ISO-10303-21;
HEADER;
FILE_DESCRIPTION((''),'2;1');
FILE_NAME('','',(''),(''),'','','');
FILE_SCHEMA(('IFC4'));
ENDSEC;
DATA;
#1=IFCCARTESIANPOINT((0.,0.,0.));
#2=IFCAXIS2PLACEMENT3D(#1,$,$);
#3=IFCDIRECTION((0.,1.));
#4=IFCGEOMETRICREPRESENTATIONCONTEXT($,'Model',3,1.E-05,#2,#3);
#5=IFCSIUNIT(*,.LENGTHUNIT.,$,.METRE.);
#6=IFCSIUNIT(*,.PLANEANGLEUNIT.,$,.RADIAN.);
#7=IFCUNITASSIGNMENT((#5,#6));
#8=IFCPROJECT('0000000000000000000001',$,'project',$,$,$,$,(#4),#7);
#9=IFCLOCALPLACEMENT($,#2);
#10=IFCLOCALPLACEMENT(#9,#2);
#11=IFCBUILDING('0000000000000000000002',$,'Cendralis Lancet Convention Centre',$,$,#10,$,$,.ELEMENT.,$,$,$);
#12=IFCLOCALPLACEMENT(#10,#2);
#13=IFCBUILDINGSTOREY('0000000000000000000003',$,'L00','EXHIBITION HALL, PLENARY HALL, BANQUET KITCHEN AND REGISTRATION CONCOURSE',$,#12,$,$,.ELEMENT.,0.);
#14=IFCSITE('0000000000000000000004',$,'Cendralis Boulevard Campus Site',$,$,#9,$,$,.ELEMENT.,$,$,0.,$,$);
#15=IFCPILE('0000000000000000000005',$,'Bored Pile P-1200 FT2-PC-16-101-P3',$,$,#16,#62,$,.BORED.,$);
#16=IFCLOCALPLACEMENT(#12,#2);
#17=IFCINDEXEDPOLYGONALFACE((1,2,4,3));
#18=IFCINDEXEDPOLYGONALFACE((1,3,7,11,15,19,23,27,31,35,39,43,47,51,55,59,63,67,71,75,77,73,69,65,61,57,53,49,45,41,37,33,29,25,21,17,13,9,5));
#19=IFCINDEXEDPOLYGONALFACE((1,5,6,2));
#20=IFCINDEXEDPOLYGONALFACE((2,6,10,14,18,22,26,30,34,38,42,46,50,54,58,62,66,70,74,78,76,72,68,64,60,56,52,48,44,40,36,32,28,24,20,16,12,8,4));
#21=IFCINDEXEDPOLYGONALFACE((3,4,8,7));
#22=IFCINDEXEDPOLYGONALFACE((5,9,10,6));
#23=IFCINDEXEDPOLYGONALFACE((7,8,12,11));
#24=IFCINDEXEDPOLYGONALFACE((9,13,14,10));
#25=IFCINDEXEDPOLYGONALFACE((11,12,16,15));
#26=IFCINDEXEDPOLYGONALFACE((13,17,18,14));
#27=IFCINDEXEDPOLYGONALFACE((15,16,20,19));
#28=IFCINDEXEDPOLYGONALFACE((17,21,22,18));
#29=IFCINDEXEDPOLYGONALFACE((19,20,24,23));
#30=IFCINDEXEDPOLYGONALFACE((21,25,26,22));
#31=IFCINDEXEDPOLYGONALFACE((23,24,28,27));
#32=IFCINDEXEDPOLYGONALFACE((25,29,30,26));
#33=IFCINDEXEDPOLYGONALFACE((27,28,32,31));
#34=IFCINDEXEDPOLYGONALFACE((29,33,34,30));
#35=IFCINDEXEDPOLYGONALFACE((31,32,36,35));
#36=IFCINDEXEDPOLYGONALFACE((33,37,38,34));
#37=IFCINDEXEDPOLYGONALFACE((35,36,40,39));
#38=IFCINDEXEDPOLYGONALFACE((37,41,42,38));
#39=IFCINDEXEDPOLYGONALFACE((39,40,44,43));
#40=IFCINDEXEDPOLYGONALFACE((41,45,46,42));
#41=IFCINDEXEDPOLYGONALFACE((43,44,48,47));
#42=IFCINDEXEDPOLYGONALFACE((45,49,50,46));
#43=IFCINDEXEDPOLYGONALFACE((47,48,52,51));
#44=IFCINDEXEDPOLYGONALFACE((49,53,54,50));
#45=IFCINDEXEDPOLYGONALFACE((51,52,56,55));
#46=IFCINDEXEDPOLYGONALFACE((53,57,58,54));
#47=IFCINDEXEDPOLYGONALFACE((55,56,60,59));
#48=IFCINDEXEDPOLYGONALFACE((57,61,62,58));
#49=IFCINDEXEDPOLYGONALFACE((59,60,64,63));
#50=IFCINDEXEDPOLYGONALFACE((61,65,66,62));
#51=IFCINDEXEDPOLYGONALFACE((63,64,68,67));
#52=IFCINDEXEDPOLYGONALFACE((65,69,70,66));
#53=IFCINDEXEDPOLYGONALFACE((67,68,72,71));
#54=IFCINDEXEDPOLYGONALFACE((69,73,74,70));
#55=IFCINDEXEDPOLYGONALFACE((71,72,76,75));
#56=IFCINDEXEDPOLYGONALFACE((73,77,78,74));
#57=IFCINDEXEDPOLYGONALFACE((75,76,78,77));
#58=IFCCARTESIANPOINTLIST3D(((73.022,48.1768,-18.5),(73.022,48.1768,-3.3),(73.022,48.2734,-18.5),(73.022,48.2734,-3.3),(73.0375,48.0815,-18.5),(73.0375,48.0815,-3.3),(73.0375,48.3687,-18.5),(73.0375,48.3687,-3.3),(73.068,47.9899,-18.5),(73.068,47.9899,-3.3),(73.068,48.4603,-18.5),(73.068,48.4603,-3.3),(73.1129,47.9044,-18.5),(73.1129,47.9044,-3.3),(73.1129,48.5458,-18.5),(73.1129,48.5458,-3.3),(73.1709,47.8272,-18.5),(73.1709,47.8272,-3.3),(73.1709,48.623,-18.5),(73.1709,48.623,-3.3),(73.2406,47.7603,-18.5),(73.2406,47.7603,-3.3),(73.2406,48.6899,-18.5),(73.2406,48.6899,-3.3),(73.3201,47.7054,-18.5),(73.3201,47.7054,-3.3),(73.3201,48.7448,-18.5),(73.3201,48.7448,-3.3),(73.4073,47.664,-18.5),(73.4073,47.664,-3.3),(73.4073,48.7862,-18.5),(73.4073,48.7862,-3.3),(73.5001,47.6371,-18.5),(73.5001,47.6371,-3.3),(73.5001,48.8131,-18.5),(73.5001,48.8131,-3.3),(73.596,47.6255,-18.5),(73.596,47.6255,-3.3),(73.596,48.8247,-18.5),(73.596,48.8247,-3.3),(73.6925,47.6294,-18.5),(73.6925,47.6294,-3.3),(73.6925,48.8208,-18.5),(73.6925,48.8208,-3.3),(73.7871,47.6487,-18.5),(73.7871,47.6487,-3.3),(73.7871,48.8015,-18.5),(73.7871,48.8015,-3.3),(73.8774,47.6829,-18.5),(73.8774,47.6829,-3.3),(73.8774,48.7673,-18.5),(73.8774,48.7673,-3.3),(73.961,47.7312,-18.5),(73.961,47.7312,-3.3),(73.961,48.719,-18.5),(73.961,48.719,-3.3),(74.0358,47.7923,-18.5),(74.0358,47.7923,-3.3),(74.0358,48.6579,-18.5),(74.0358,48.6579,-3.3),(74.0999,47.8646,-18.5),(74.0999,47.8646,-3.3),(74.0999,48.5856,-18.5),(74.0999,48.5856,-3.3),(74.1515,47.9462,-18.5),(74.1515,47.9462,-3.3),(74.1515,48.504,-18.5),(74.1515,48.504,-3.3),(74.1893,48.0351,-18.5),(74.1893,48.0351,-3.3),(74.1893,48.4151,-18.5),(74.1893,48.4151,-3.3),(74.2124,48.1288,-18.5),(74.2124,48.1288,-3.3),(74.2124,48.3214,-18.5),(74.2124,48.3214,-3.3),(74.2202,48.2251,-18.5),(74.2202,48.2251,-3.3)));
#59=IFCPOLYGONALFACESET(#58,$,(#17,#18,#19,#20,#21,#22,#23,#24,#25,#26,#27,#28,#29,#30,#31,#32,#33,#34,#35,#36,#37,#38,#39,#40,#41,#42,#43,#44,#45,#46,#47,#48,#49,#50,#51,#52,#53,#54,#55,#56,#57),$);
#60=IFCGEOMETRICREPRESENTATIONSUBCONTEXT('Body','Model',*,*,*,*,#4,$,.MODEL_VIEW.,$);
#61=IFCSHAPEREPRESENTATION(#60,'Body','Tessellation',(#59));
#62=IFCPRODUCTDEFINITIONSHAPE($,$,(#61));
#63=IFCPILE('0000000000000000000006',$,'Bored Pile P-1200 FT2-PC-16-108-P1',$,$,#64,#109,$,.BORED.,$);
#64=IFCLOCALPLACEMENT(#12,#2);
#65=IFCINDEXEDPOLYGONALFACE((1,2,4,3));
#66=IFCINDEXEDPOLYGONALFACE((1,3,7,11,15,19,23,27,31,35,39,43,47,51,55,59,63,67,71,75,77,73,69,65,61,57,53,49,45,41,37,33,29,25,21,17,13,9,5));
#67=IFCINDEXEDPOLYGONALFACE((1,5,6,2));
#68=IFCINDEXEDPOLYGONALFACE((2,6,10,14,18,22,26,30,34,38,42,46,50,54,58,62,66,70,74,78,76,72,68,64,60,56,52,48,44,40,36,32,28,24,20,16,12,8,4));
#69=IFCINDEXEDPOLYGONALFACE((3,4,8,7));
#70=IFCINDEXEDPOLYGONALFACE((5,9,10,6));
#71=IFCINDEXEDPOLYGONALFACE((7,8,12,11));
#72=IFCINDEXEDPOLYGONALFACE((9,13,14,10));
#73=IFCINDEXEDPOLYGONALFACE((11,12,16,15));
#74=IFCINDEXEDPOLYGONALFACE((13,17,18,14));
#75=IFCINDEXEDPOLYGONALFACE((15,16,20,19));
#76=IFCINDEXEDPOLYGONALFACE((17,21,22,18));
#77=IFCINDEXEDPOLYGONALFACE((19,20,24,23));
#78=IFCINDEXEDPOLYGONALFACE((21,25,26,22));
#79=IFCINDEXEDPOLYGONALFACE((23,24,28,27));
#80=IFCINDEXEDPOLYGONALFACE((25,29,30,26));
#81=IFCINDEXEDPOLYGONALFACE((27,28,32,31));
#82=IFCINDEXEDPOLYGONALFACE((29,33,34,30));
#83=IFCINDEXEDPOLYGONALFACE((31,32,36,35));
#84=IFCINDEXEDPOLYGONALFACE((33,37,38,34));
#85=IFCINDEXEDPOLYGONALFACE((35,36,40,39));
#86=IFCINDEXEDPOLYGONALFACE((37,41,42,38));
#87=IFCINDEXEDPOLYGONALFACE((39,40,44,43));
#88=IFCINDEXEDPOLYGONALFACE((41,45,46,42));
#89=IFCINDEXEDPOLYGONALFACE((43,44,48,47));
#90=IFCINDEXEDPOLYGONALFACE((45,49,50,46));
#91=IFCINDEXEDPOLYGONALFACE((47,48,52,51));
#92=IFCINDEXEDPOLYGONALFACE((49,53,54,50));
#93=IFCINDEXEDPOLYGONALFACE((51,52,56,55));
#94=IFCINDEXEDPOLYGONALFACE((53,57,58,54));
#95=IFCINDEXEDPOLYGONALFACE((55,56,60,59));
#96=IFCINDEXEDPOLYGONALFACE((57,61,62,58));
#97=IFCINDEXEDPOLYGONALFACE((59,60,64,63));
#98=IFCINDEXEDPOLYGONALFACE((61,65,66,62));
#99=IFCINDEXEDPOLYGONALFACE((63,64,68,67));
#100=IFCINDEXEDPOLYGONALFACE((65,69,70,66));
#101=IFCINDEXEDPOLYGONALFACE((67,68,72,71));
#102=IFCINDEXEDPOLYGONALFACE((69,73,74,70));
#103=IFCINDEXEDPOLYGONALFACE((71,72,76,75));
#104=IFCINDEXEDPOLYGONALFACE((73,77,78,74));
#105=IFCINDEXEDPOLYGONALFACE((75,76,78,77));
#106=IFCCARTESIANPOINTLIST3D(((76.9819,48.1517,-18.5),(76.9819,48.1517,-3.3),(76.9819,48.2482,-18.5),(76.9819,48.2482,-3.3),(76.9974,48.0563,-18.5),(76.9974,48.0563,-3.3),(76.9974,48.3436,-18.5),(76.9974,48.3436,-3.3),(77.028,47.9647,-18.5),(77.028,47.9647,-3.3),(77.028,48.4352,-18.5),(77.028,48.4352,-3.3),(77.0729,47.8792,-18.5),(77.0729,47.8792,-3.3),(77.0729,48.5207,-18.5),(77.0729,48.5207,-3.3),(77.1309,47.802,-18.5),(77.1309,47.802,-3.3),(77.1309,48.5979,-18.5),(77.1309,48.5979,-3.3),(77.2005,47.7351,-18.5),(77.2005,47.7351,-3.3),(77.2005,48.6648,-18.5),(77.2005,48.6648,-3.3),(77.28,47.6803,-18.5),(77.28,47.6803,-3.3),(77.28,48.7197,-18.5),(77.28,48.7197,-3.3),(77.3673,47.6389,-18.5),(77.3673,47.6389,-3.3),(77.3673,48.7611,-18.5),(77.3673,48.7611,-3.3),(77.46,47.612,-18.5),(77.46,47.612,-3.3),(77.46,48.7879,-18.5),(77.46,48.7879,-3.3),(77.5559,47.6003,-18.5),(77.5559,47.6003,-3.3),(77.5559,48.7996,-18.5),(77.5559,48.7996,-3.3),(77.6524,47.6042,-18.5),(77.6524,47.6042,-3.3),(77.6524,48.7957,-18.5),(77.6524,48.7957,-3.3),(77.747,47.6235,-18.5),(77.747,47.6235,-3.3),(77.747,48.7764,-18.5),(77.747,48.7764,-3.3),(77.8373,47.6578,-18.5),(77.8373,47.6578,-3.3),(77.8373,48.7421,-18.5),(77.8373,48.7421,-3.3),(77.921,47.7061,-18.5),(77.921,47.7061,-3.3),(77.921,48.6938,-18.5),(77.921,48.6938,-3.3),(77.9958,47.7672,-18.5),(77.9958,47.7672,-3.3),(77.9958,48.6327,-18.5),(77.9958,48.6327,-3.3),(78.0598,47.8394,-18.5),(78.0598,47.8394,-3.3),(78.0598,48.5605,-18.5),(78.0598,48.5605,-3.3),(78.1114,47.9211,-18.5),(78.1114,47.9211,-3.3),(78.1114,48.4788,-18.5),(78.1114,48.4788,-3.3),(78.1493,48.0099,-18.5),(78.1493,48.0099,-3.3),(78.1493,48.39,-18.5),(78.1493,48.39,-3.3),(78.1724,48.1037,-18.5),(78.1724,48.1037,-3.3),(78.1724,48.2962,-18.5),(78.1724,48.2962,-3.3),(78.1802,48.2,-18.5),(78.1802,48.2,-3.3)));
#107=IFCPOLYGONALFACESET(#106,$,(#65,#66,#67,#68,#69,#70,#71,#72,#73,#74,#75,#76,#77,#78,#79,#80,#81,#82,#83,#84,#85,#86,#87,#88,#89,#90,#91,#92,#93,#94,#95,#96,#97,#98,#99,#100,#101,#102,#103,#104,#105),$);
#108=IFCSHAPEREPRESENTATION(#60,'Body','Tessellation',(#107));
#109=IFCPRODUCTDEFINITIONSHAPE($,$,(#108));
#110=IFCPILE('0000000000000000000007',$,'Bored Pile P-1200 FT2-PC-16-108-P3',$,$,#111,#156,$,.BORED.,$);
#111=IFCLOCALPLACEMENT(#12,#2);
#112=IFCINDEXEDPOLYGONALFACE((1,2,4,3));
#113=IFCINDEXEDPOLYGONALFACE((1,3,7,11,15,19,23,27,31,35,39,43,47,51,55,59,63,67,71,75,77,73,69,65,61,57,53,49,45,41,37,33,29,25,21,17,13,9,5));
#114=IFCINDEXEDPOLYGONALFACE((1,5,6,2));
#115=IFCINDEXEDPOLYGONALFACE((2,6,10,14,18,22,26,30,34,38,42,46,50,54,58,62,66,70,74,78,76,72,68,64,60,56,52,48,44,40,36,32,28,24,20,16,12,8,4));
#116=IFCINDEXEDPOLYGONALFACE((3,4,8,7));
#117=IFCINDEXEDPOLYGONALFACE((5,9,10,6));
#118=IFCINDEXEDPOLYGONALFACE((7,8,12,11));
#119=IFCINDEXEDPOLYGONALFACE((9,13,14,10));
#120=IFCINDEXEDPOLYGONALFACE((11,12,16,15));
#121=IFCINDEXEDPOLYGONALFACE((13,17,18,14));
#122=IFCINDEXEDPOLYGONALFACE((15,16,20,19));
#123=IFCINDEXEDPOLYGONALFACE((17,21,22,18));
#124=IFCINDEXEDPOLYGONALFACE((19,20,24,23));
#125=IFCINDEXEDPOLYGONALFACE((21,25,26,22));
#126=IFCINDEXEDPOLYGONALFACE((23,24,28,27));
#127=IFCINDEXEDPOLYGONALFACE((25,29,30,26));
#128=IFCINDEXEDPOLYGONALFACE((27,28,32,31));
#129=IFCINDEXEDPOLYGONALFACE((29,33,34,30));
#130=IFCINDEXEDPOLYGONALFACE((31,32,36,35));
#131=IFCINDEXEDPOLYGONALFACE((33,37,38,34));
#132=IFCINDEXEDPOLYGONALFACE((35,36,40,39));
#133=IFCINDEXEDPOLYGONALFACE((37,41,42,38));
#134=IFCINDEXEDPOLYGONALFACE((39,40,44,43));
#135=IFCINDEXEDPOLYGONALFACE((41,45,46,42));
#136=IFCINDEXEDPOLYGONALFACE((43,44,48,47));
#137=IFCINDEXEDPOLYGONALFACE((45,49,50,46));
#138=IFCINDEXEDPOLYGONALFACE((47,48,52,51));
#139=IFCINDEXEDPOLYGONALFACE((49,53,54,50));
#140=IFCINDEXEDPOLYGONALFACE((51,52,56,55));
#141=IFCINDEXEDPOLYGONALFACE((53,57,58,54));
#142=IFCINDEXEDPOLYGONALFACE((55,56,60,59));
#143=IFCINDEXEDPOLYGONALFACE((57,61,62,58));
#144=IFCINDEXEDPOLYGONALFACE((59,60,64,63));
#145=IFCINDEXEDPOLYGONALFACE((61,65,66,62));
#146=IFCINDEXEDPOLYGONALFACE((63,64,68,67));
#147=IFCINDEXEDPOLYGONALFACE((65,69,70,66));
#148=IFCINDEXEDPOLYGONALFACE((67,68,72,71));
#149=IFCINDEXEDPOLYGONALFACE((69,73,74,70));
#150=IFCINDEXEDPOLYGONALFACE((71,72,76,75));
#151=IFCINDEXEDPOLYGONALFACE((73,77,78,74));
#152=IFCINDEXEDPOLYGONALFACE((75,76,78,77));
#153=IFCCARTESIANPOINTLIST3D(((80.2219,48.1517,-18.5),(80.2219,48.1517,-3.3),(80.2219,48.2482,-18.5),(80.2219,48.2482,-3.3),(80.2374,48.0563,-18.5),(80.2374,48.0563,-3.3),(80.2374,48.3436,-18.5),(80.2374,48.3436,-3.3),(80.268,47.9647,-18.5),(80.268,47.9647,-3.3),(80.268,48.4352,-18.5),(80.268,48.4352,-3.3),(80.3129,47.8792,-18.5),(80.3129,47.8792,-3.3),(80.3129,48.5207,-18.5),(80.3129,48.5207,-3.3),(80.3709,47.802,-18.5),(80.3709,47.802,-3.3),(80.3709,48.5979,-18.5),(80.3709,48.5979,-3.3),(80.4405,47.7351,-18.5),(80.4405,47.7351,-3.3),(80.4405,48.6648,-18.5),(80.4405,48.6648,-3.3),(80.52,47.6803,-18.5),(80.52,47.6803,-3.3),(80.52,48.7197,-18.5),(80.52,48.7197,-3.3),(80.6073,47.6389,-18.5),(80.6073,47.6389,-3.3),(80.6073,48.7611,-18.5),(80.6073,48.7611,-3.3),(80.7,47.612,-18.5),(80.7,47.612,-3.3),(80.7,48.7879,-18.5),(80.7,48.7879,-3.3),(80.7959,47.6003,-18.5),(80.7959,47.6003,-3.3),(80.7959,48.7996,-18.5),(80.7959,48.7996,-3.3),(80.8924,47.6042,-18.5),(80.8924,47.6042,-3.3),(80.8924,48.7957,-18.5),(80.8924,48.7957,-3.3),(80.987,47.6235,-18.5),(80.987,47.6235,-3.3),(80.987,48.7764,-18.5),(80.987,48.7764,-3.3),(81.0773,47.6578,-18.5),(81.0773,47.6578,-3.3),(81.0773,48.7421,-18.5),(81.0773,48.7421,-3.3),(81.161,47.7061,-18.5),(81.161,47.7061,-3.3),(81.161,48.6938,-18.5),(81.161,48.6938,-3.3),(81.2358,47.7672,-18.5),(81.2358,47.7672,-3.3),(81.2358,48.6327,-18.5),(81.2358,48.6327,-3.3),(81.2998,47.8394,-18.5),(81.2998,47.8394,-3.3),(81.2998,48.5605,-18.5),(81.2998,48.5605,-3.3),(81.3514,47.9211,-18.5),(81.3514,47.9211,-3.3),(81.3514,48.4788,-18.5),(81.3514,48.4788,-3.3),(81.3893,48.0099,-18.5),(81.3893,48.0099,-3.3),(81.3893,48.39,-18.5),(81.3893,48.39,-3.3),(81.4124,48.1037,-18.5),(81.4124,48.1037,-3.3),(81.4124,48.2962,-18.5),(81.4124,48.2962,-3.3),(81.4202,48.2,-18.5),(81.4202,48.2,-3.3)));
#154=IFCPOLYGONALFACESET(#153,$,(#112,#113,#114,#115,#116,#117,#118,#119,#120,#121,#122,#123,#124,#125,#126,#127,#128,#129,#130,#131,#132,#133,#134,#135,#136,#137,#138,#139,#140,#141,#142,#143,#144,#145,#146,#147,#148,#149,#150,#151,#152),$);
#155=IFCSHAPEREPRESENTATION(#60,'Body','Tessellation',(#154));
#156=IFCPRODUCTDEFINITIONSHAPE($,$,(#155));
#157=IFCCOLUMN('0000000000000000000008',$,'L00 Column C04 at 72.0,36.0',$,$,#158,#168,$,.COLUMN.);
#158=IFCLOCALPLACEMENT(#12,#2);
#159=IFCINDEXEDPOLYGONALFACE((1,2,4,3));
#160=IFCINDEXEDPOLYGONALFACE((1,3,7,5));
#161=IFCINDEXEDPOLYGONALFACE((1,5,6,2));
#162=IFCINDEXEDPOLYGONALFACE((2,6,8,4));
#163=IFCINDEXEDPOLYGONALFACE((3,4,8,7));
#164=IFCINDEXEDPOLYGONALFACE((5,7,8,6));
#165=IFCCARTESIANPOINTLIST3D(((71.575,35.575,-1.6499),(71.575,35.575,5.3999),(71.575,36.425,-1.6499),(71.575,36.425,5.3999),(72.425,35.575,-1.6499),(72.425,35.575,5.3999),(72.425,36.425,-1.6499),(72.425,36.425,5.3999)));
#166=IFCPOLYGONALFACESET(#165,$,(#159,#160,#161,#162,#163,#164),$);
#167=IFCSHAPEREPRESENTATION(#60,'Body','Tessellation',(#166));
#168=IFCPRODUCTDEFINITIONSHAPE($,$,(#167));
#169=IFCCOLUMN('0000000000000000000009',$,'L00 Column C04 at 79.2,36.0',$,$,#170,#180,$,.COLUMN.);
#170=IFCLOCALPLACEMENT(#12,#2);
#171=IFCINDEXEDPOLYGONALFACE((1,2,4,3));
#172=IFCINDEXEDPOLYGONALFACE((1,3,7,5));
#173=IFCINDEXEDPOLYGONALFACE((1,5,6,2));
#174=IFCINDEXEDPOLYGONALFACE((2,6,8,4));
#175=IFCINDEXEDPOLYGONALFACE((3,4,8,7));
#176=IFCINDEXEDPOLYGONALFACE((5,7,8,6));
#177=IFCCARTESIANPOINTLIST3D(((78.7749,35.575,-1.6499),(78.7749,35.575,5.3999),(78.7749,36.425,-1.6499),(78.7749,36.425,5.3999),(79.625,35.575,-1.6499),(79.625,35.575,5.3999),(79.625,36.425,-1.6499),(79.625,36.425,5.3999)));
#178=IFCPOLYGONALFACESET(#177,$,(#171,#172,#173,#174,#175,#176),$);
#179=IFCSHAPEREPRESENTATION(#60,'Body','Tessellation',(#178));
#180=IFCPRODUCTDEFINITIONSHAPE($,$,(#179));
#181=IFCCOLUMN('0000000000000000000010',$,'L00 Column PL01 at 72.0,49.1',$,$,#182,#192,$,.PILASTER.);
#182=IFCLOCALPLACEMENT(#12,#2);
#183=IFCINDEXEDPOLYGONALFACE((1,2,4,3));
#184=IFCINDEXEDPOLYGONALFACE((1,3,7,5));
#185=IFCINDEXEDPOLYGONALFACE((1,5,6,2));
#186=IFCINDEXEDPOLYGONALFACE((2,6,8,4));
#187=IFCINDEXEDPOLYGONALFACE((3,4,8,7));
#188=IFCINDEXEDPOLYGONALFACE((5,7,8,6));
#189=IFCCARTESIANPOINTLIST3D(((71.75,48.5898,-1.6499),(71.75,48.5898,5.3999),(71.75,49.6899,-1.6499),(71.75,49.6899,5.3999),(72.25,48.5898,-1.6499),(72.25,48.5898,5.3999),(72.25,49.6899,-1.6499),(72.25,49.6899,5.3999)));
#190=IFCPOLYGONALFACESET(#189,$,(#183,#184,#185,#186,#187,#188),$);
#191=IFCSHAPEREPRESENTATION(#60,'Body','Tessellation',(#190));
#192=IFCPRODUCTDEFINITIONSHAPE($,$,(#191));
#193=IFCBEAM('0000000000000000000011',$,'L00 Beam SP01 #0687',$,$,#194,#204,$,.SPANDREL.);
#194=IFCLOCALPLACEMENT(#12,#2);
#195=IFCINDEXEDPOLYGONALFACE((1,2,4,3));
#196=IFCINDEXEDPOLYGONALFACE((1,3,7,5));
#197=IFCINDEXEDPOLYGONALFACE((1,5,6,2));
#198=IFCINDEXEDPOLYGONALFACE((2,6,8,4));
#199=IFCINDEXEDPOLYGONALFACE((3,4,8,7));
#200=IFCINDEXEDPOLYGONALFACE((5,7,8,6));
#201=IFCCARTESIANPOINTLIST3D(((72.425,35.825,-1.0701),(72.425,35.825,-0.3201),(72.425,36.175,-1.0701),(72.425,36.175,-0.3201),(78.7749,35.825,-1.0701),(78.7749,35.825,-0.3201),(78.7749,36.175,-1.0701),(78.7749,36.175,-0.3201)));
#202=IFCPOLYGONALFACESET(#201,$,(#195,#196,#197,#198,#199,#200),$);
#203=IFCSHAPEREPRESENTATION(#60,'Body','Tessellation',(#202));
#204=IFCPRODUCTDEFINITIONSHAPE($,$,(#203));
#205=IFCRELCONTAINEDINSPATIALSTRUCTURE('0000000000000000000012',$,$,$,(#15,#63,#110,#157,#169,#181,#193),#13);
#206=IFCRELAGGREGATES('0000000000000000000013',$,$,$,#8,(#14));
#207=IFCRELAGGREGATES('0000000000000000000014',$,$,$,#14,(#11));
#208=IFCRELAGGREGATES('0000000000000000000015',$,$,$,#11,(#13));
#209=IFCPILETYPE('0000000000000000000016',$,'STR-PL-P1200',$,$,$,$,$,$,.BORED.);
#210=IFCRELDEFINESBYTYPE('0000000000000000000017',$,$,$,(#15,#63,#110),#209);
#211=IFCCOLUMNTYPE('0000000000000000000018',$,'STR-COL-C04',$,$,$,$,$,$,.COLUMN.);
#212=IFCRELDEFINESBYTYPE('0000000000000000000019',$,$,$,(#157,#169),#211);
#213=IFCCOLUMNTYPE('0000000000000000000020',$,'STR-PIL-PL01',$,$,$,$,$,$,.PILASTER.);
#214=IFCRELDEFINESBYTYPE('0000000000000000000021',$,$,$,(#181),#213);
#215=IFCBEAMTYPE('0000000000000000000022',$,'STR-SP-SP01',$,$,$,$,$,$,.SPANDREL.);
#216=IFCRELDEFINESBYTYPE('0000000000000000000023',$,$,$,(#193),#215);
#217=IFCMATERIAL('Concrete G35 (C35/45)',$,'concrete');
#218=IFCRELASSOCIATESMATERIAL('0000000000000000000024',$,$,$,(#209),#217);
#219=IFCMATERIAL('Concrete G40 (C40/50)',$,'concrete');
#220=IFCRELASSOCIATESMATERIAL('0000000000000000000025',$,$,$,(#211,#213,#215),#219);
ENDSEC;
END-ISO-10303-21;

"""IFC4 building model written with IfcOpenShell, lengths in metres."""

from ifc_helpers import new_model, si_unit, direction, frame, origin, origin_2d, place, context, subcontext, project, spatial, rectangle, circle, extrude, material, material_profile, profile_set, type_object, element, save


model = new_model("IFC4")

# Units and contexts
model_context = context("Model", 3, precision=1e-05, world=origin(), true_north=direction((0.0, 1.0)))
body_context = subcontext(model_context, "Body", "Model", "MODEL_VIEW")
ifc_project = project(units=[si_unit("LENGTHUNIT", "METRE"), si_unit("PLANEANGLEUNIT", "RADIAN")], contexts=[model_context])

# Site, building, storey
site_placement = place(None, origin())
site = spatial("IfcSite", under=ifc_project, at=site_placement, Name="Cendralis Boulevard Campus Site", CompositionType="ELEMENT", RefElevation=0.0)
building_placement = place(site_placement, origin())
building = spatial("IfcBuilding", under=site, at=building_placement, Name="Cendralis Lancet Convention Centre", CompositionType="ELEMENT")
storey_placement = place(building_placement, origin())
storey = spatial("IfcBuildingStorey", under=building, at=storey_placement, Name="L00", Description="EXHIBITION HALL, PLENARY HALL, BANQUET KITCHEN AND REGISTRATION CONCOURSE", CompositionType="ELEMENT", Elevation=0.0)

# Piles
ifc_material_1 = material(Name="Concrete G35 (C35/45)", Category="concrete")
ifc_material_profile_1 = material_profile(ifc_material_1, circle(Radius=0.6001, at=origin_2d()), Name="BORED PILE D1200")
ifc_profile_set_1 = profile_set([ifc_material_profile_1], Name="Concrete G35 (C35/45)")
pile_type_1 = type_object("IfcPileType", Name="STR-PL-P1200", PredefinedType="BORED", material=ifc_profile_set_1)
for number, where, z_axis, x_axis, name in (
    (1, (73.6201, 48.2251, -3.3), (0.0, 0.0, -1.0), (1.0, 0.0, 0.0), "Bored Pile P-1200 FT2-PC-16-101-P3"),
    (2, (77.5801, 48.2, -3.3), (0.0, 0.0, -1.0), (1.0, 0.0, 0.0), "Bored Pile P-1200 FT2-PC-16-108-P1"),
    (3, (80.8201, 48.2, -3.3), (0.0, 0.0, -1.0), (1.0, 0.0, 0.0), "Bored Pile P-1200 FT2-PC-16-108-P3"),
):
    element("IfcPile", number, at=place(storey_placement, frame(where, z_axis=z_axis, x_axis=x_axis)), inside=storey, type_object=pile_type_1, Name=name, PredefinedType="BORED", context=body_context, shape_type="SweptSolid", body=[
        extrude(circle(Radius=0.6001, at=origin_2d()), origin(), (0.0, 0.0, 1.0), 15.2),
    ])

# Columns
ifc_material_2 = material(Name="Concrete G40 (C40/50)", Category="concrete")
ifc_material_profile_2 = material_profile(ifc_material_2, rectangle(XDim=0.8501, YDim=0.8501, at=origin_2d()), Name="RC 850x850")
ifc_profile_set_2 = profile_set([ifc_material_profile_2], Name="Concrete G40 (C40/50)")
column_type_1 = type_object("IfcColumnType", Name="STR-COL-C04", PredefinedType="COLUMN", material=ifc_profile_set_2)
for number, where, z_axis, x_axis, name in (
    (4, (72.0, 36.0, -1.6499), (0.0, 0.0, 1.0), (1.0, 0.0, 0.0), "L00 Column C04 at 72.0,36.0"),
    (5, (79.2, 36.0, -1.6499), (0.0, 0.0, 1.0), (1.0, 0.0, 0.0), "L00 Column C04 at 79.2,36.0"),
):
    element("IfcColumn", number, at=place(storey_placement, frame(where, z_axis=z_axis, x_axis=x_axis)), inside=storey, type_object=column_type_1, Name=name, PredefinedType="COLUMN", context=body_context, shape_type="SweptSolid", body=[
        extrude(rectangle(XDim=0.8501, YDim=0.8501, at=origin_2d()), origin(), (0.0, 0.0, 1.0), 7.0498),
    ])
ifc_material_profile_3 = material_profile(ifc_material_2, rectangle(XDim=0.5, YDim=1.1001, at=origin_2d()), Name="RC 500x1100")
ifc_profile_set_3 = profile_set([ifc_material_profile_3], Name="Concrete G40 (C40/50)")
column_type_2 = type_object("IfcColumnType", Name="STR-PIL-PL01", PredefinedType="PILASTER", material=ifc_profile_set_3)
column_placement = place(storey_placement, frame((72.0, 49.1399, -1.6499), z_axis=(0.0, 0.0, 1.0), x_axis=(1.0, 0.0, 0.0)))
element("IfcColumn", 6, at=column_placement, inside=storey, type_object=column_type_2, Name="L00 Column PL01 at 72.0,49.1", PredefinedType="PILASTER", context=body_context, shape_type="SweptSolid", body=[
    extrude(rectangle(XDim=0.5, YDim=1.1001, at=origin_2d()), origin(), (0.0, 0.0, 1.0), 7.0498),
])

# Beam
ifc_material_profile_4 = material_profile(ifc_material_2, rectangle(XDim=0.3501, YDim=0.75, at=origin_2d()), Name="RCB 350x750")
ifc_profile_set_4 = profile_set([ifc_material_profile_4], Name="Concrete G40 (C40/50)")
beam_type = type_object("IfcBeamType", Name="STR-SP-SP01", PredefinedType="SPANDREL", material=ifc_profile_set_4)
beam_1_placement = place(storey_placement, frame((72.425, 36.0, -0.6951), z_axis=(1.0, 0.0, 0.0), x_axis=(0.0, 1.0, 0.0)))
element("IfcBeam", 7, at=beam_1_placement, inside=storey, type_object=beam_type, Name="L00 Beam SP01 #0687", PredefinedType="SPANDREL", context=body_context, shape_type="SweptSolid", body=[
    extrude(rectangle(XDim=0.3501, YDim=0.75, at=origin_2d()), origin(), (0.0, 0.0, 1.0), 6.3499),
])

save(model, "model.ifc")
